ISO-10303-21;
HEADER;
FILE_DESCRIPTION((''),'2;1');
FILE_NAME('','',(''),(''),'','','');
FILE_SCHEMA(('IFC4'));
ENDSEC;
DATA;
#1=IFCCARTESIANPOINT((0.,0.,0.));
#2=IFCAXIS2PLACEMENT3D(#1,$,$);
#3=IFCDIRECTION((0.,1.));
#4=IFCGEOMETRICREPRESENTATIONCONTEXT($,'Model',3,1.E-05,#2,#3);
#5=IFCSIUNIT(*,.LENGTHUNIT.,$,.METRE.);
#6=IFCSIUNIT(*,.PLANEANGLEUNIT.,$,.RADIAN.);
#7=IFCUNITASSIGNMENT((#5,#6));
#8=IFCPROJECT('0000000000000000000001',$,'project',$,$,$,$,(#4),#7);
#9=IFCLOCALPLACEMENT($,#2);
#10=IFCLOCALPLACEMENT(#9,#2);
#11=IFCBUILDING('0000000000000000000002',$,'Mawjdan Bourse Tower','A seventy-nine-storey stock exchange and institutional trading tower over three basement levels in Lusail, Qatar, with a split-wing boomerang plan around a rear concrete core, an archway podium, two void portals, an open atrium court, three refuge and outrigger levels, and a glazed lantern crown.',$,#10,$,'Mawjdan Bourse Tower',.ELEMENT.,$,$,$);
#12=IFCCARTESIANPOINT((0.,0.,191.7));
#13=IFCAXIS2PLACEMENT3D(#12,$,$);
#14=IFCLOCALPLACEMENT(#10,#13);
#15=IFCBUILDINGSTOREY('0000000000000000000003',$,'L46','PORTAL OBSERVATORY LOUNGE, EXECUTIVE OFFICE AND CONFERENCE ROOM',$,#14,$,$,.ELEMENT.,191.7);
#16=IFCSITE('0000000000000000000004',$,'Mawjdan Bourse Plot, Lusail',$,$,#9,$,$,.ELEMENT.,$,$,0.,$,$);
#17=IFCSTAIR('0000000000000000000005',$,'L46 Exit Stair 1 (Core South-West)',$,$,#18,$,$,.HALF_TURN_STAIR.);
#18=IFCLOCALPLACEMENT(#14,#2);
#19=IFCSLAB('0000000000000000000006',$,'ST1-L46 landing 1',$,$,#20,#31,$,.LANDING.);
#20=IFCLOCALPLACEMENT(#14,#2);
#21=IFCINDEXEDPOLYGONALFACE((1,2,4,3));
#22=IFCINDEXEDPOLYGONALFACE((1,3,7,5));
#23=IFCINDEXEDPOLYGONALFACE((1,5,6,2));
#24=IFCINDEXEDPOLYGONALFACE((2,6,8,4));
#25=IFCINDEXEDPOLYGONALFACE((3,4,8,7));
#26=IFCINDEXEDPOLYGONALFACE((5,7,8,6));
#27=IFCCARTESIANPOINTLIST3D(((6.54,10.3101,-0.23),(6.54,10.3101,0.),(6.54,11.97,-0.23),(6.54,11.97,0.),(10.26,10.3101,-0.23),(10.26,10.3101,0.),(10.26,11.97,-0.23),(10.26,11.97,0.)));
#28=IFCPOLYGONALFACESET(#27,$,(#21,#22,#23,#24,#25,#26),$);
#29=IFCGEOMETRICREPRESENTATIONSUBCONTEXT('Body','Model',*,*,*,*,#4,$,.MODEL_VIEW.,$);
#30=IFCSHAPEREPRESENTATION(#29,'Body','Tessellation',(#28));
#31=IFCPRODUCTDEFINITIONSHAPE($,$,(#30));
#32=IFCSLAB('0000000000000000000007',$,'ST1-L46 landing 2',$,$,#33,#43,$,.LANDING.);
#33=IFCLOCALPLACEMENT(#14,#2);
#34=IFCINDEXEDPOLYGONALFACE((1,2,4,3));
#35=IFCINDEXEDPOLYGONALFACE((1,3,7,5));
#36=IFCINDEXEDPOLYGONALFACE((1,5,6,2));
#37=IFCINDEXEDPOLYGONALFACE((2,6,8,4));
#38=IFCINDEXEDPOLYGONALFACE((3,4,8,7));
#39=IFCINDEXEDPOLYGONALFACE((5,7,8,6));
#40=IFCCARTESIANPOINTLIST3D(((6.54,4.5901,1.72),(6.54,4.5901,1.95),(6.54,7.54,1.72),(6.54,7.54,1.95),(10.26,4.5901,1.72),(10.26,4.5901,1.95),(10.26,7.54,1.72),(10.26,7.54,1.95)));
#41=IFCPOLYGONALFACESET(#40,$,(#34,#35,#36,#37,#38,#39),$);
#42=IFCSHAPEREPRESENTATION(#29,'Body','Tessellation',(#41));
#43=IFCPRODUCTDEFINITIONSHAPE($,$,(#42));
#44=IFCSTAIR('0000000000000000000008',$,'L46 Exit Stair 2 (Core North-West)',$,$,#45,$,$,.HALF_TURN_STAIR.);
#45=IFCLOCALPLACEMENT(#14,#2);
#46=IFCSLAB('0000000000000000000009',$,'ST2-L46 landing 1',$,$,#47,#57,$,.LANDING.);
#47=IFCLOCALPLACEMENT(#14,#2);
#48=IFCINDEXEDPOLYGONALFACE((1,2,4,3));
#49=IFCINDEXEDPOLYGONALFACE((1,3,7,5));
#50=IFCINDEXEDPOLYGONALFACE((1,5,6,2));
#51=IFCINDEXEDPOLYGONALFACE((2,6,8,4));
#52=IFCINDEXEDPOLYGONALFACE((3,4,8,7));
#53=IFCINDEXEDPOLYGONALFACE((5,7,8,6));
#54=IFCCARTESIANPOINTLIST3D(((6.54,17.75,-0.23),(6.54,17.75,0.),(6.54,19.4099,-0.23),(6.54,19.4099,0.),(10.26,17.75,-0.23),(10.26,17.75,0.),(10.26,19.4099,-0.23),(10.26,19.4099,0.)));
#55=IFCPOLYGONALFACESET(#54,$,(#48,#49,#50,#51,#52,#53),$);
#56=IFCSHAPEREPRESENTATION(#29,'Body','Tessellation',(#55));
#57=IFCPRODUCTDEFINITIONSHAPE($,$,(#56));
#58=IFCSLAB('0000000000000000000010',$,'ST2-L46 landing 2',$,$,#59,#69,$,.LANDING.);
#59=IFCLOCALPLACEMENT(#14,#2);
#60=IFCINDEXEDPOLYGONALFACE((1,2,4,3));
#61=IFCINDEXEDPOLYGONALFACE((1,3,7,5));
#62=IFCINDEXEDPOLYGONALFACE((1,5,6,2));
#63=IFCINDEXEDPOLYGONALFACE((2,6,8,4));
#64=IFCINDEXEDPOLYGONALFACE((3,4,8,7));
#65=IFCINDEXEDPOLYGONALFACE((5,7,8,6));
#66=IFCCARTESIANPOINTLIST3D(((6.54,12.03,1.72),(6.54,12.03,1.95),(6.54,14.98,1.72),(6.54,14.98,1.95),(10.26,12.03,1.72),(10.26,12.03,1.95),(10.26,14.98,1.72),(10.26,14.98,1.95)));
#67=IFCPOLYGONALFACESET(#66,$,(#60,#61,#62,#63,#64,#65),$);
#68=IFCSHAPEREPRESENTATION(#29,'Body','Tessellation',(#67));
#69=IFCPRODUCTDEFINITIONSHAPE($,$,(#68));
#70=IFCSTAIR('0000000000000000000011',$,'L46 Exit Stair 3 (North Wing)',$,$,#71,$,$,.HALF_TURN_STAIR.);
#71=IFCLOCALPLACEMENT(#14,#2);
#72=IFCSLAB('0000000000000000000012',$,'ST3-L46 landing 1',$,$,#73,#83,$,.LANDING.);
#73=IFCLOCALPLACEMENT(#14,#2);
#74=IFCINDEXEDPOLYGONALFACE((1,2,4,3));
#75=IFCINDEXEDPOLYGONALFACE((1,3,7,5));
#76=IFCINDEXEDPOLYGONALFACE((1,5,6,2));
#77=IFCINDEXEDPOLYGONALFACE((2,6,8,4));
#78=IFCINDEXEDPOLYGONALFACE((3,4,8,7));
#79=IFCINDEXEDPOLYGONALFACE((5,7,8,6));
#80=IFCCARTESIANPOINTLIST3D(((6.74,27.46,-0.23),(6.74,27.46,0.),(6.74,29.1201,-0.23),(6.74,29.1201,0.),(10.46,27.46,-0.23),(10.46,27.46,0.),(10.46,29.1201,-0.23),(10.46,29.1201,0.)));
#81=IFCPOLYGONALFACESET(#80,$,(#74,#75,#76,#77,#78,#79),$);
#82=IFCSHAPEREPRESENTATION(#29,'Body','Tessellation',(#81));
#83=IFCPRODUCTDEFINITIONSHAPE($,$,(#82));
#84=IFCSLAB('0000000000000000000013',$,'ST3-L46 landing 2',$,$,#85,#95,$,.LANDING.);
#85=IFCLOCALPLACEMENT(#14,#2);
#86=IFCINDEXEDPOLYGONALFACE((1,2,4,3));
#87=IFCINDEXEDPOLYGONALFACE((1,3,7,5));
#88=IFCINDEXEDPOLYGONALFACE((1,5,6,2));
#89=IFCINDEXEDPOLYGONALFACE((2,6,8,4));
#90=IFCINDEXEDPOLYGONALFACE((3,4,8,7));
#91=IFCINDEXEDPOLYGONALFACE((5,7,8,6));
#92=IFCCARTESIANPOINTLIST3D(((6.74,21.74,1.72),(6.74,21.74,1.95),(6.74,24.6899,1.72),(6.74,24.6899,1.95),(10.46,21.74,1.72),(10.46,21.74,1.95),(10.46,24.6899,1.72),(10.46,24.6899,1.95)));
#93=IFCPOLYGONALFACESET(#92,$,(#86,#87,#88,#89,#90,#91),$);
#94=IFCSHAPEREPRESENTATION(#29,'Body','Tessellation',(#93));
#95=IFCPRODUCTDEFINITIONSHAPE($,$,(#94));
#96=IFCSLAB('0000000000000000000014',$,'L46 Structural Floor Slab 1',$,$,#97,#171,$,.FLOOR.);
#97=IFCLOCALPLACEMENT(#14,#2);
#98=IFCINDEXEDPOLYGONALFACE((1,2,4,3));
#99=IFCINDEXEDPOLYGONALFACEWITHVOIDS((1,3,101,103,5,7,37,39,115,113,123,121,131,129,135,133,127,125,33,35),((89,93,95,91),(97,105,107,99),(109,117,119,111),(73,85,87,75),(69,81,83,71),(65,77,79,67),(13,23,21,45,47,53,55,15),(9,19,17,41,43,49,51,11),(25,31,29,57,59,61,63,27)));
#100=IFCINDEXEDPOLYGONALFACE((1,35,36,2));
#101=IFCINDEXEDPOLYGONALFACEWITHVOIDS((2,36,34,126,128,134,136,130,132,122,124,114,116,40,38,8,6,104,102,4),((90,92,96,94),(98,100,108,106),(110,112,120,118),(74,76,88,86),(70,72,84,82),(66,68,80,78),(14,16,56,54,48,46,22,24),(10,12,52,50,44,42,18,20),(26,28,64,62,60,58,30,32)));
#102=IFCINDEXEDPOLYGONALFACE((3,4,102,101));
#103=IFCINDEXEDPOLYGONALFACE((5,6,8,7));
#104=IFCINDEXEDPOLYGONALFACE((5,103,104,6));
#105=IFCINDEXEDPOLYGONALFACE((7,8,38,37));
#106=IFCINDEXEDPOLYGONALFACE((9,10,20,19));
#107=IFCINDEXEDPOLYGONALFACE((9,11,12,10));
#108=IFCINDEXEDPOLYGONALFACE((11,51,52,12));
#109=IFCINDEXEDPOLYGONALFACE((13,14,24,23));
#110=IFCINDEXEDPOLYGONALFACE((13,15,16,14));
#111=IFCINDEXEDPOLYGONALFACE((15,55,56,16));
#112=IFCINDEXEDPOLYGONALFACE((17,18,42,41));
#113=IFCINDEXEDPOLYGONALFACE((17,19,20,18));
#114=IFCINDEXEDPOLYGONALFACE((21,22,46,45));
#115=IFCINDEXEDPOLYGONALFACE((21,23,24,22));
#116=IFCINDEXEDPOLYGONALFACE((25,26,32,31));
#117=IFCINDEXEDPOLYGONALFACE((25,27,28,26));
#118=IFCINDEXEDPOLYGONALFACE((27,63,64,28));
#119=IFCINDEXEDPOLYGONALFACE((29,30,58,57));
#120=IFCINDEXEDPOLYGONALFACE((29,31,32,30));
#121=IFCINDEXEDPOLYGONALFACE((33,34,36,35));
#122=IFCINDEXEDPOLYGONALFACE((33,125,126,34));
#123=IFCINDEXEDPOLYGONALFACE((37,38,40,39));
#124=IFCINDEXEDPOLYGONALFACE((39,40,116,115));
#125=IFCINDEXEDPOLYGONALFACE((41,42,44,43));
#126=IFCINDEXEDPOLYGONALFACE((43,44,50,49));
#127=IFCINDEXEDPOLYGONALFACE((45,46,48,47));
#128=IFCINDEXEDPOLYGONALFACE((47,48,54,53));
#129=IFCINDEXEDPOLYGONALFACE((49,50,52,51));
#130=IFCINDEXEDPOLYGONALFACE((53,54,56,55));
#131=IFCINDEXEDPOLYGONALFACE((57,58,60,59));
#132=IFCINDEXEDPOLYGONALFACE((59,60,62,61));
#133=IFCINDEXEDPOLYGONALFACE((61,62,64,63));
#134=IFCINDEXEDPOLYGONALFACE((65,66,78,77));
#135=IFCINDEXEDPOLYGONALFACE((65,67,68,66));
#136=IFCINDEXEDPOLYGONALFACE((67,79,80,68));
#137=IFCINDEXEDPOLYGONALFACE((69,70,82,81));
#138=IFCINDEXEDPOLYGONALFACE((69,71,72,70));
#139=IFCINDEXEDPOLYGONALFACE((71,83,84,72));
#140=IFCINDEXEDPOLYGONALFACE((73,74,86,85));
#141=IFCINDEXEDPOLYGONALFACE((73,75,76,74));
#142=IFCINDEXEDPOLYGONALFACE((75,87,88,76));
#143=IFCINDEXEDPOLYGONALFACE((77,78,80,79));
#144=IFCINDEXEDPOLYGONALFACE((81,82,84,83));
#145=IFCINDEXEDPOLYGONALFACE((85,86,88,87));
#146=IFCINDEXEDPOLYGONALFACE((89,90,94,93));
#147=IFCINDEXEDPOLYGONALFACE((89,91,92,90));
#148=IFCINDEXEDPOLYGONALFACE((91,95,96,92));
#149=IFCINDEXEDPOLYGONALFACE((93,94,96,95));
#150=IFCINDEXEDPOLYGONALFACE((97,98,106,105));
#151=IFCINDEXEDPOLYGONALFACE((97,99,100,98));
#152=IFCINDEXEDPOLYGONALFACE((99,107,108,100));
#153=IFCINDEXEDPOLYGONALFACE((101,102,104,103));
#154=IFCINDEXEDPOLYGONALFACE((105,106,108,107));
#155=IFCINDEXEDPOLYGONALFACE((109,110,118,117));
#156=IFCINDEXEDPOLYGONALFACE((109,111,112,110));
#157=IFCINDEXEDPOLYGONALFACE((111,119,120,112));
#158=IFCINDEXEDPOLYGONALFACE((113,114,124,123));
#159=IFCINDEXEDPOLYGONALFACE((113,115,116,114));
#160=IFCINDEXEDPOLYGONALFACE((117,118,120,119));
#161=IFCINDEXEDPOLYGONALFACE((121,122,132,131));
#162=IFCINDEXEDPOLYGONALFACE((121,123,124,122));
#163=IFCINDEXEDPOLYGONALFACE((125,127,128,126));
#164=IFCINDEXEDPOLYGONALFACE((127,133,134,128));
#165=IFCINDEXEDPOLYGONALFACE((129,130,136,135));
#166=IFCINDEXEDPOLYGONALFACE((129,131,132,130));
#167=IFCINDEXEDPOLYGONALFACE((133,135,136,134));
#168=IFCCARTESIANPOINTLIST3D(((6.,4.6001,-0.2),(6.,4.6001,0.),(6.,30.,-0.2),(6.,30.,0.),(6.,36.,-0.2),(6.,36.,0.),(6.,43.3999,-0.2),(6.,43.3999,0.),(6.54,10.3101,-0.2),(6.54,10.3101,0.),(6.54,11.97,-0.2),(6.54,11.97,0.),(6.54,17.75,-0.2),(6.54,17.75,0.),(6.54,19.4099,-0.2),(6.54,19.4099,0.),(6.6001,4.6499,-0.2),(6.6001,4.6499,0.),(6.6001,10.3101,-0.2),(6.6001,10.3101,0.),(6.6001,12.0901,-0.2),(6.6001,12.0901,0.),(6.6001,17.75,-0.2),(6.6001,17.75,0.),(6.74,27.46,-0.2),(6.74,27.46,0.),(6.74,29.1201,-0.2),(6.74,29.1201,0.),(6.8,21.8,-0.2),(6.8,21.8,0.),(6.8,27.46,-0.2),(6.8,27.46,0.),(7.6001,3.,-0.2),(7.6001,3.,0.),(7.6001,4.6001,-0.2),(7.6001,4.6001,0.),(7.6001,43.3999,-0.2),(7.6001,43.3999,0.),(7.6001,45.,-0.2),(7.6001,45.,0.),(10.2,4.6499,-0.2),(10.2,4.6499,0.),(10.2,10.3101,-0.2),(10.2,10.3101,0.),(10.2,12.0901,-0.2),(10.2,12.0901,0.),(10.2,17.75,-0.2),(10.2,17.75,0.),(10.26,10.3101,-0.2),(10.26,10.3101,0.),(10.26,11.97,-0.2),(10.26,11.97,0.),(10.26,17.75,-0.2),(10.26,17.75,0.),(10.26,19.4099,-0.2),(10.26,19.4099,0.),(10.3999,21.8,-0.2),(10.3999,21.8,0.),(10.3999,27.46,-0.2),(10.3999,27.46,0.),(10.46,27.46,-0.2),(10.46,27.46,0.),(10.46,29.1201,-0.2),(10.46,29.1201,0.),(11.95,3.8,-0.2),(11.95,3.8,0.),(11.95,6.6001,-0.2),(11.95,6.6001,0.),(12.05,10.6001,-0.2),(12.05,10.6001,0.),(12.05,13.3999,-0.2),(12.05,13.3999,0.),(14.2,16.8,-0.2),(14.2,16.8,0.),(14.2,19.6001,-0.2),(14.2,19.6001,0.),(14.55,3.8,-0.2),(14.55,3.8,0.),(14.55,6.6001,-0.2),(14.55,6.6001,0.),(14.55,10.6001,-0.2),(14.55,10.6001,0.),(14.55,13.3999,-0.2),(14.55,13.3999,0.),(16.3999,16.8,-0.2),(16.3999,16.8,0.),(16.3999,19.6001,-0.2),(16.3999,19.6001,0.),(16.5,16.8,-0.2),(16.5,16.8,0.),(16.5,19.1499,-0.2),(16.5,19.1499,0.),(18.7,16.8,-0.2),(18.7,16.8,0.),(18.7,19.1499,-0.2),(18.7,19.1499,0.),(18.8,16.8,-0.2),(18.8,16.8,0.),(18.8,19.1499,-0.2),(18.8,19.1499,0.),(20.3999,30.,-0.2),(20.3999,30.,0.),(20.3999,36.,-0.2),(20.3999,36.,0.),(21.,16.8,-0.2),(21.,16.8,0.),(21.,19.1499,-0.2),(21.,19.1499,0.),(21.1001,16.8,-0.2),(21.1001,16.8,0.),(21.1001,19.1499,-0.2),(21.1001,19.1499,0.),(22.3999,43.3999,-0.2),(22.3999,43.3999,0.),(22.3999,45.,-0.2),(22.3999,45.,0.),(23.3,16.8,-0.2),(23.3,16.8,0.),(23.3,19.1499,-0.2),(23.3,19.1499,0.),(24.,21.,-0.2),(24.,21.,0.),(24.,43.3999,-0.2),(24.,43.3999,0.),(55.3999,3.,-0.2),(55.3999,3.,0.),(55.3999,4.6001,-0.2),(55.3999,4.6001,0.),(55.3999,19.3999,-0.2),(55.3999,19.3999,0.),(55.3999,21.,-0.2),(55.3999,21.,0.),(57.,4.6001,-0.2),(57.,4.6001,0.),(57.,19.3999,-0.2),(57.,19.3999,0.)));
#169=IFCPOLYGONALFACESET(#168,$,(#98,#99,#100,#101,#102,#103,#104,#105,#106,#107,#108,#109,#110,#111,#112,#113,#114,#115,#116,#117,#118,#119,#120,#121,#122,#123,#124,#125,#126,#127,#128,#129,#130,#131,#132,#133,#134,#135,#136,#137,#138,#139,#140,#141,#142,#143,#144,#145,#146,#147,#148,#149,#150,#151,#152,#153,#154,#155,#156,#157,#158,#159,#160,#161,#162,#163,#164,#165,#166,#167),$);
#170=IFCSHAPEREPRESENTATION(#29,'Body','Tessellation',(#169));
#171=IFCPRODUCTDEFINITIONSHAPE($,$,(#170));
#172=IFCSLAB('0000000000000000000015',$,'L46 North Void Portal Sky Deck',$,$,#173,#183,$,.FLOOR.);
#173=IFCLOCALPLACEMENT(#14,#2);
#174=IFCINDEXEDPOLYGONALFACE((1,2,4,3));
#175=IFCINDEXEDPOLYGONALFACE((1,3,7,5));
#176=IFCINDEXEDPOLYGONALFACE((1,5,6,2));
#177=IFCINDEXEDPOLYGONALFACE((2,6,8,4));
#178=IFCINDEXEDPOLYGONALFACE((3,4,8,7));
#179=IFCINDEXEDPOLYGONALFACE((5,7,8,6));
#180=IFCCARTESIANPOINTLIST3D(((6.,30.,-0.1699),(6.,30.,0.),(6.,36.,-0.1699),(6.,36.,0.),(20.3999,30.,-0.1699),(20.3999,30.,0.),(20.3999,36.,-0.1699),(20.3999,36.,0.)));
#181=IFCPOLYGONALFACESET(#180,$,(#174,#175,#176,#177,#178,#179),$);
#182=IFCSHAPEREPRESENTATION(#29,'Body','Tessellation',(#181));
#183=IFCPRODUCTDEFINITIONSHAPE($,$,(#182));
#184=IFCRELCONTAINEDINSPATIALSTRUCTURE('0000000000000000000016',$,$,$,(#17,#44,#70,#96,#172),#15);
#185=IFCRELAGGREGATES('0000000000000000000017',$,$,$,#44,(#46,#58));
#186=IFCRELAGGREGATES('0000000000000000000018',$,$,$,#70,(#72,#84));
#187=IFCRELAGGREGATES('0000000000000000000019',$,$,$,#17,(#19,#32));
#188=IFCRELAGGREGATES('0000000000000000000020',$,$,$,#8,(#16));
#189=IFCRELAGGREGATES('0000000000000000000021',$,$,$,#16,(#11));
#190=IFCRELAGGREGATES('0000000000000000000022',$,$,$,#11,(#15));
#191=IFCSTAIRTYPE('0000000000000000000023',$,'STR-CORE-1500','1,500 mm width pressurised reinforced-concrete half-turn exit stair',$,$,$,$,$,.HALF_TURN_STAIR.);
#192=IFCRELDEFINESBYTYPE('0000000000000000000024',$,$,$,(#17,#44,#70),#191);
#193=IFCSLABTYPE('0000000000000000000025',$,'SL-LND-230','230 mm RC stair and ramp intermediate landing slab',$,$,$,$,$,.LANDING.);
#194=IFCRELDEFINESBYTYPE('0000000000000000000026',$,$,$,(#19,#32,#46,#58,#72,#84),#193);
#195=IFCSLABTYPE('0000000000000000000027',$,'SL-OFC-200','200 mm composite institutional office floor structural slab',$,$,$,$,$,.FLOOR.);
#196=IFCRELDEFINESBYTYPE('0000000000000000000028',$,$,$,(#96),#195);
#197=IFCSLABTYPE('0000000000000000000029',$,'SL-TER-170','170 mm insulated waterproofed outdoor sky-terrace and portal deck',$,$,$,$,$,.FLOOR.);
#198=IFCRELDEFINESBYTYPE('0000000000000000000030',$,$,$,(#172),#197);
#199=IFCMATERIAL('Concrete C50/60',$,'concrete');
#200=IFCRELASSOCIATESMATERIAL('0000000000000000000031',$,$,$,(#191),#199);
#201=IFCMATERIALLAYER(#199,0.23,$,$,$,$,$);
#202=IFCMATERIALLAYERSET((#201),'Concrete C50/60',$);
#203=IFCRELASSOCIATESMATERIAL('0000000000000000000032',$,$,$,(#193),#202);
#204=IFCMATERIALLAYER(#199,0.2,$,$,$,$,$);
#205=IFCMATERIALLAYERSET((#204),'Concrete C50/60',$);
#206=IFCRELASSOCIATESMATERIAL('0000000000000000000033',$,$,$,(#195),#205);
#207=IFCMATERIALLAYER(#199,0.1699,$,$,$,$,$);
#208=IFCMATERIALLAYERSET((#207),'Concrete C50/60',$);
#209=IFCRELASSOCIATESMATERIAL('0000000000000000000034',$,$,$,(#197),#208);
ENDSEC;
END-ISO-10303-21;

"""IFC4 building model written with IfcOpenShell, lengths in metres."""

from ifc_helpers import new_model, si_unit, direction, frame, origin, place, context, subcontext, project, spatial, polyline, outline, extrude, material, layer, layer_set, type_object, element, aggregate, save


model = new_model("IFC4")

# Units and contexts
model_context = context("Model", 3, precision=1e-05, world=origin(), true_north=direction((0.0, 1.0)))
body_context = subcontext(model_context, "Body", "Model", "MODEL_VIEW")
ifc_project = project(units=[si_unit("LENGTHUNIT", "METRE"), si_unit("PLANEANGLEUNIT", "RADIAN")], contexts=[model_context])

# Site, building, storey
site_placement = place(None, origin())
site = spatial("IfcSite", under=ifc_project, at=site_placement, Name="Mawjdan Bourse Plot, Lusail", CompositionType="ELEMENT", RefElevation=0.0)
building_placement = place(site_placement, origin())
building = spatial("IfcBuilding", under=site, at=building_placement, Name="Mawjdan Bourse Tower", Description="A seventy-nine-storey stock exchange and institutional trading tower over three basement levels in Lusail, Qatar, with a split-wing boomerang plan around a rear concrete core, an archway podium, two void portals, an open atrium court, three refuge and outrigger levels, and a glazed lantern crown.", LongName="Mawjdan Bourse Tower", CompositionType="ELEMENT")
storey_placement = place(building_placement, frame((0.0, 0.0, 191.7)))
storey = spatial("IfcBuildingStorey", under=building, at=storey_placement, Name="L46", Description="PORTAL OBSERVATORY LOUNGE, EXECUTIVE OFFICE AND CONFERENCE ROOM", CompositionType="ELEMENT", Elevation=191.7)

# Stairs, slabs
ifc_material_1 = material(Name="Concrete C50/60", Category="concrete")
stair_type = type_object("IfcStairType", Name="STR-CORE-1500", Description="1,500 mm width pressurised reinforced-concrete half-turn exit stair", PredefinedType="HALF_TURN_STAIR", material=ifc_material_1)
stair_1_placement = place(storey_placement, origin())
stair_1 = element("IfcStair", 1, at=stair_1_placement, inside=storey, type_object=stair_type, Name="L46 Exit Stair 1 (Core South-West)", PredefinedType="HALF_TURN_STAIR")
ifc_layer_1 = layer(ifc_material_1, 0.23)
ifc_layer_set_1 = layer_set([ifc_layer_1], Name="Concrete C50/60")
slab_type_1 = type_object("IfcSlabType", Name="SL-LND-230", Description="230 mm RC stair and ramp intermediate landing slab", PredefinedType="LANDING", material=ifc_layer_set_1)
slab_1_placement = place(storey_placement, frame((0.0, 0.0, -0.23)))
slab_1 = element("IfcSlab", 2, at=slab_1_placement, type_object=slab_type_1, Name="ST1-L46 landing 1", PredefinedType="LANDING", context=body_context, shape_type="SweptSolid", body=[
    extrude(outline(polyline([(6.54, 10.3101), (10.26, 10.3101), (10.26, 11.97), (6.54, 11.97), (6.54, 10.3101)])), origin(), (0.0, 0.0, 1.0), 0.23),
])
slab_2_placement = place(storey_placement, frame((0.0, 0.0, 1.72)))
slab_2 = element("IfcSlab", 3, at=slab_2_placement, type_object=slab_type_1, Name="ST1-L46 landing 2", PredefinedType="LANDING", context=body_context, shape_type="SweptSolid", body=[
    extrude(outline(polyline([(6.54, 4.5901), (10.26, 4.5901), (10.26, 7.54), (6.54, 7.54), (6.54, 4.5901)])), origin(), (0.0, 0.0, 1.0), 0.23),
])
stair_2_placement = place(storey_placement, origin())
stair_2 = element("IfcStair", 4, at=stair_2_placement, inside=storey, type_object=stair_type, Name="L46 Exit Stair 2 (Core North-West)", PredefinedType="HALF_TURN_STAIR")
slab_3_placement = place(storey_placement, frame((0.0, 0.0, -0.23)))
slab_3 = element("IfcSlab", 5, at=slab_3_placement, type_object=slab_type_1, Name="ST2-L46 landing 1", PredefinedType="LANDING", context=body_context, shape_type="SweptSolid", body=[
    extrude(outline(polyline([(6.54, 17.75), (10.26, 17.75), (10.26, 19.4099), (6.54, 19.4099), (6.54, 17.75)])), origin(), (0.0, 0.0, 1.0), 0.23),
])
slab_4_placement = place(storey_placement, frame((0.0, 0.0, 1.72)))
slab_4 = element("IfcSlab", 6, at=slab_4_placement, type_object=slab_type_1, Name="ST2-L46 landing 2", PredefinedType="LANDING", context=body_context, shape_type="SweptSolid", body=[
    extrude(outline(polyline([(6.54, 12.03), (10.26, 12.03), (10.26, 14.98), (6.54, 14.98), (6.54, 12.03)])), origin(), (0.0, 0.0, 1.0), 0.23),
])
aggregate(stair_2, [slab_3, slab_4])
stair_3_placement = place(storey_placement, origin())
stair_3 = element("IfcStair", 7, at=stair_3_placement, inside=storey, type_object=stair_type, Name="L46 Exit Stair 3 (North Wing)", PredefinedType="HALF_TURN_STAIR")
slab_5_placement = place(storey_placement, frame((0.0, 0.0, -0.23)))
slab_5 = element("IfcSlab", 8, at=slab_5_placement, type_object=slab_type_1, Name="ST3-L46 landing 1", PredefinedType="LANDING", context=body_context, shape_type="SweptSolid", body=[
    extrude(outline(polyline([(6.74, 27.46), (10.46, 27.46), (10.46, 29.1201), (6.74, 29.1201), (6.74, 27.46)])), origin(), (0.0, 0.0, 1.0), 0.23),
])
slab_6_placement = place(storey_placement, frame((0.0, 0.0, 1.72)))
slab_6 = element("IfcSlab", 9, at=slab_6_placement, type_object=slab_type_1, Name="ST3-L46 landing 2", PredefinedType="LANDING", context=body_context, shape_type="SweptSolid", body=[
    extrude(outline(polyline([(6.74, 21.74), (10.46, 21.74), (10.46, 24.6899), (6.74, 24.6899), (6.74, 21.74)])), origin(), (0.0, 0.0, 1.0), 0.23),
])
aggregate(stair_3, [slab_5, slab_6])

# Slabs
ifc_layer_2 = layer(ifc_material_1, 0.2)
ifc_layer_set_2 = layer_set([ifc_layer_2], Name="Concrete C50/60")
slab_type_2 = type_object("IfcSlabType", Name="SL-OFC-200", Description="200 mm composite institutional office floor structural slab", PredefinedType="FLOOR", material=ifc_layer_set_2)
slab_7_placement = place(storey_placement, frame((0.0, 0.0, -0.2)))
element("IfcSlab", 10, at=slab_7_placement, inside=storey, type_object=slab_type_2, Name="L46 Structural Floor Slab 1", PredefinedType="FLOOR", context=body_context, shape_type="SweptSolid", body=[
    extrude(outline(polyline([(7.6001, 3.0), (55.3999, 3.0), (55.3999, 4.6001), (57.0, 4.6001), (57.0, 19.3999), (55.3999, 19.3999), (55.3999, 21.0), (24.0, 21.0), (24.0, 43.3999), (22.3999, 43.3999), (22.3999, 45.0), (7.6001, 45.0), (7.6001, 43.3999), (6.0, 43.3999), (6.0, 36.0), (20.3999, 36.0), (20.3999, 30.0), (6.0, 30.0), (6.0, 4.6001), (7.6001, 4.6001), (7.6001, 3.0)]), holes=[polyline([(6.54, 11.97), (10.26, 11.97), (10.26, 10.3101), (10.2, 10.3101), (10.2, 4.6499), (6.6001, 4.6499), (6.6001, 10.3101), (6.54, 10.3101), (6.54, 11.97)]), polyline([(6.6001, 12.0901), (6.6001, 17.75), (6.54, 17.75), (6.54, 19.4099), (10.26, 19.4099), (10.26, 17.75), (10.2, 17.75), (10.2, 12.0901), (6.6001, 12.0901)]), polyline([(10.46, 29.1201), (10.46, 27.46), (10.3999, 27.46), (10.3999, 21.8), (6.8, 21.8), (6.8, 27.46), (6.74, 27.46), (6.74, 29.1201), (10.46, 29.1201)]), polyline([(14.55, 3.8), (11.95, 3.8), (11.95, 6.6001), (14.55, 6.6001), (14.55, 3.8)]), polyline([(12.05, 10.6001), (12.05, 13.3999), (14.55, 13.3999), (14.55, 10.6001), (12.05, 10.6001)]), polyline([(16.5, 16.8), (16.5, 19.1499), (18.7, 19.1499), (18.7, 16.8), (16.5, 16.8)]), polyline([(21.0, 16.8), (18.8, 16.8), (18.8, 19.1499), (21.0, 19.1499), (21.0, 16.8)]), polyline([(21.1001, 16.8), (21.1001, 19.1499), (23.3, 19.1499), (23.3, 16.8), (21.1001, 16.8)]), polyline([(14.2, 16.8), (14.2, 19.6001), (16.3999, 19.6001), (16.3999, 16.8), (14.2, 16.8)])]), origin(), (0.0, 0.0, 1.0), 0.2),
])
ifc_layer_3 = layer(ifc_material_1, 0.1699)
ifc_layer_set_3 = layer_set([ifc_layer_3], Name="Concrete C50/60")
slab_type_3 = type_object("IfcSlabType", Name="SL-TER-170", Description="170 mm insulated waterproofed outdoor sky-terrace and portal deck", PredefinedType="FLOOR", material=ifc_layer_set_3)
slab_8_placement = place(storey_placement, frame((0.0, 0.0, -0.1699)))
element("IfcSlab", 11, at=slab_8_placement, inside=storey, type_object=slab_type_3, Name="L46 North Void Portal Sky Deck", PredefinedType="FLOOR", context=body_context, shape_type="SweptSolid", body=[
    extrude(outline(polyline([(6.0, 30.0), (20.3999, 30.0), (20.3999, 36.0), (6.0, 36.0), (6.0, 30.0)])), origin(), (0.0, 0.0, 1.0), 0.1699),
])

aggregate(stair_1, [slab_1, slab_2])

save(model, "model.ifc")
